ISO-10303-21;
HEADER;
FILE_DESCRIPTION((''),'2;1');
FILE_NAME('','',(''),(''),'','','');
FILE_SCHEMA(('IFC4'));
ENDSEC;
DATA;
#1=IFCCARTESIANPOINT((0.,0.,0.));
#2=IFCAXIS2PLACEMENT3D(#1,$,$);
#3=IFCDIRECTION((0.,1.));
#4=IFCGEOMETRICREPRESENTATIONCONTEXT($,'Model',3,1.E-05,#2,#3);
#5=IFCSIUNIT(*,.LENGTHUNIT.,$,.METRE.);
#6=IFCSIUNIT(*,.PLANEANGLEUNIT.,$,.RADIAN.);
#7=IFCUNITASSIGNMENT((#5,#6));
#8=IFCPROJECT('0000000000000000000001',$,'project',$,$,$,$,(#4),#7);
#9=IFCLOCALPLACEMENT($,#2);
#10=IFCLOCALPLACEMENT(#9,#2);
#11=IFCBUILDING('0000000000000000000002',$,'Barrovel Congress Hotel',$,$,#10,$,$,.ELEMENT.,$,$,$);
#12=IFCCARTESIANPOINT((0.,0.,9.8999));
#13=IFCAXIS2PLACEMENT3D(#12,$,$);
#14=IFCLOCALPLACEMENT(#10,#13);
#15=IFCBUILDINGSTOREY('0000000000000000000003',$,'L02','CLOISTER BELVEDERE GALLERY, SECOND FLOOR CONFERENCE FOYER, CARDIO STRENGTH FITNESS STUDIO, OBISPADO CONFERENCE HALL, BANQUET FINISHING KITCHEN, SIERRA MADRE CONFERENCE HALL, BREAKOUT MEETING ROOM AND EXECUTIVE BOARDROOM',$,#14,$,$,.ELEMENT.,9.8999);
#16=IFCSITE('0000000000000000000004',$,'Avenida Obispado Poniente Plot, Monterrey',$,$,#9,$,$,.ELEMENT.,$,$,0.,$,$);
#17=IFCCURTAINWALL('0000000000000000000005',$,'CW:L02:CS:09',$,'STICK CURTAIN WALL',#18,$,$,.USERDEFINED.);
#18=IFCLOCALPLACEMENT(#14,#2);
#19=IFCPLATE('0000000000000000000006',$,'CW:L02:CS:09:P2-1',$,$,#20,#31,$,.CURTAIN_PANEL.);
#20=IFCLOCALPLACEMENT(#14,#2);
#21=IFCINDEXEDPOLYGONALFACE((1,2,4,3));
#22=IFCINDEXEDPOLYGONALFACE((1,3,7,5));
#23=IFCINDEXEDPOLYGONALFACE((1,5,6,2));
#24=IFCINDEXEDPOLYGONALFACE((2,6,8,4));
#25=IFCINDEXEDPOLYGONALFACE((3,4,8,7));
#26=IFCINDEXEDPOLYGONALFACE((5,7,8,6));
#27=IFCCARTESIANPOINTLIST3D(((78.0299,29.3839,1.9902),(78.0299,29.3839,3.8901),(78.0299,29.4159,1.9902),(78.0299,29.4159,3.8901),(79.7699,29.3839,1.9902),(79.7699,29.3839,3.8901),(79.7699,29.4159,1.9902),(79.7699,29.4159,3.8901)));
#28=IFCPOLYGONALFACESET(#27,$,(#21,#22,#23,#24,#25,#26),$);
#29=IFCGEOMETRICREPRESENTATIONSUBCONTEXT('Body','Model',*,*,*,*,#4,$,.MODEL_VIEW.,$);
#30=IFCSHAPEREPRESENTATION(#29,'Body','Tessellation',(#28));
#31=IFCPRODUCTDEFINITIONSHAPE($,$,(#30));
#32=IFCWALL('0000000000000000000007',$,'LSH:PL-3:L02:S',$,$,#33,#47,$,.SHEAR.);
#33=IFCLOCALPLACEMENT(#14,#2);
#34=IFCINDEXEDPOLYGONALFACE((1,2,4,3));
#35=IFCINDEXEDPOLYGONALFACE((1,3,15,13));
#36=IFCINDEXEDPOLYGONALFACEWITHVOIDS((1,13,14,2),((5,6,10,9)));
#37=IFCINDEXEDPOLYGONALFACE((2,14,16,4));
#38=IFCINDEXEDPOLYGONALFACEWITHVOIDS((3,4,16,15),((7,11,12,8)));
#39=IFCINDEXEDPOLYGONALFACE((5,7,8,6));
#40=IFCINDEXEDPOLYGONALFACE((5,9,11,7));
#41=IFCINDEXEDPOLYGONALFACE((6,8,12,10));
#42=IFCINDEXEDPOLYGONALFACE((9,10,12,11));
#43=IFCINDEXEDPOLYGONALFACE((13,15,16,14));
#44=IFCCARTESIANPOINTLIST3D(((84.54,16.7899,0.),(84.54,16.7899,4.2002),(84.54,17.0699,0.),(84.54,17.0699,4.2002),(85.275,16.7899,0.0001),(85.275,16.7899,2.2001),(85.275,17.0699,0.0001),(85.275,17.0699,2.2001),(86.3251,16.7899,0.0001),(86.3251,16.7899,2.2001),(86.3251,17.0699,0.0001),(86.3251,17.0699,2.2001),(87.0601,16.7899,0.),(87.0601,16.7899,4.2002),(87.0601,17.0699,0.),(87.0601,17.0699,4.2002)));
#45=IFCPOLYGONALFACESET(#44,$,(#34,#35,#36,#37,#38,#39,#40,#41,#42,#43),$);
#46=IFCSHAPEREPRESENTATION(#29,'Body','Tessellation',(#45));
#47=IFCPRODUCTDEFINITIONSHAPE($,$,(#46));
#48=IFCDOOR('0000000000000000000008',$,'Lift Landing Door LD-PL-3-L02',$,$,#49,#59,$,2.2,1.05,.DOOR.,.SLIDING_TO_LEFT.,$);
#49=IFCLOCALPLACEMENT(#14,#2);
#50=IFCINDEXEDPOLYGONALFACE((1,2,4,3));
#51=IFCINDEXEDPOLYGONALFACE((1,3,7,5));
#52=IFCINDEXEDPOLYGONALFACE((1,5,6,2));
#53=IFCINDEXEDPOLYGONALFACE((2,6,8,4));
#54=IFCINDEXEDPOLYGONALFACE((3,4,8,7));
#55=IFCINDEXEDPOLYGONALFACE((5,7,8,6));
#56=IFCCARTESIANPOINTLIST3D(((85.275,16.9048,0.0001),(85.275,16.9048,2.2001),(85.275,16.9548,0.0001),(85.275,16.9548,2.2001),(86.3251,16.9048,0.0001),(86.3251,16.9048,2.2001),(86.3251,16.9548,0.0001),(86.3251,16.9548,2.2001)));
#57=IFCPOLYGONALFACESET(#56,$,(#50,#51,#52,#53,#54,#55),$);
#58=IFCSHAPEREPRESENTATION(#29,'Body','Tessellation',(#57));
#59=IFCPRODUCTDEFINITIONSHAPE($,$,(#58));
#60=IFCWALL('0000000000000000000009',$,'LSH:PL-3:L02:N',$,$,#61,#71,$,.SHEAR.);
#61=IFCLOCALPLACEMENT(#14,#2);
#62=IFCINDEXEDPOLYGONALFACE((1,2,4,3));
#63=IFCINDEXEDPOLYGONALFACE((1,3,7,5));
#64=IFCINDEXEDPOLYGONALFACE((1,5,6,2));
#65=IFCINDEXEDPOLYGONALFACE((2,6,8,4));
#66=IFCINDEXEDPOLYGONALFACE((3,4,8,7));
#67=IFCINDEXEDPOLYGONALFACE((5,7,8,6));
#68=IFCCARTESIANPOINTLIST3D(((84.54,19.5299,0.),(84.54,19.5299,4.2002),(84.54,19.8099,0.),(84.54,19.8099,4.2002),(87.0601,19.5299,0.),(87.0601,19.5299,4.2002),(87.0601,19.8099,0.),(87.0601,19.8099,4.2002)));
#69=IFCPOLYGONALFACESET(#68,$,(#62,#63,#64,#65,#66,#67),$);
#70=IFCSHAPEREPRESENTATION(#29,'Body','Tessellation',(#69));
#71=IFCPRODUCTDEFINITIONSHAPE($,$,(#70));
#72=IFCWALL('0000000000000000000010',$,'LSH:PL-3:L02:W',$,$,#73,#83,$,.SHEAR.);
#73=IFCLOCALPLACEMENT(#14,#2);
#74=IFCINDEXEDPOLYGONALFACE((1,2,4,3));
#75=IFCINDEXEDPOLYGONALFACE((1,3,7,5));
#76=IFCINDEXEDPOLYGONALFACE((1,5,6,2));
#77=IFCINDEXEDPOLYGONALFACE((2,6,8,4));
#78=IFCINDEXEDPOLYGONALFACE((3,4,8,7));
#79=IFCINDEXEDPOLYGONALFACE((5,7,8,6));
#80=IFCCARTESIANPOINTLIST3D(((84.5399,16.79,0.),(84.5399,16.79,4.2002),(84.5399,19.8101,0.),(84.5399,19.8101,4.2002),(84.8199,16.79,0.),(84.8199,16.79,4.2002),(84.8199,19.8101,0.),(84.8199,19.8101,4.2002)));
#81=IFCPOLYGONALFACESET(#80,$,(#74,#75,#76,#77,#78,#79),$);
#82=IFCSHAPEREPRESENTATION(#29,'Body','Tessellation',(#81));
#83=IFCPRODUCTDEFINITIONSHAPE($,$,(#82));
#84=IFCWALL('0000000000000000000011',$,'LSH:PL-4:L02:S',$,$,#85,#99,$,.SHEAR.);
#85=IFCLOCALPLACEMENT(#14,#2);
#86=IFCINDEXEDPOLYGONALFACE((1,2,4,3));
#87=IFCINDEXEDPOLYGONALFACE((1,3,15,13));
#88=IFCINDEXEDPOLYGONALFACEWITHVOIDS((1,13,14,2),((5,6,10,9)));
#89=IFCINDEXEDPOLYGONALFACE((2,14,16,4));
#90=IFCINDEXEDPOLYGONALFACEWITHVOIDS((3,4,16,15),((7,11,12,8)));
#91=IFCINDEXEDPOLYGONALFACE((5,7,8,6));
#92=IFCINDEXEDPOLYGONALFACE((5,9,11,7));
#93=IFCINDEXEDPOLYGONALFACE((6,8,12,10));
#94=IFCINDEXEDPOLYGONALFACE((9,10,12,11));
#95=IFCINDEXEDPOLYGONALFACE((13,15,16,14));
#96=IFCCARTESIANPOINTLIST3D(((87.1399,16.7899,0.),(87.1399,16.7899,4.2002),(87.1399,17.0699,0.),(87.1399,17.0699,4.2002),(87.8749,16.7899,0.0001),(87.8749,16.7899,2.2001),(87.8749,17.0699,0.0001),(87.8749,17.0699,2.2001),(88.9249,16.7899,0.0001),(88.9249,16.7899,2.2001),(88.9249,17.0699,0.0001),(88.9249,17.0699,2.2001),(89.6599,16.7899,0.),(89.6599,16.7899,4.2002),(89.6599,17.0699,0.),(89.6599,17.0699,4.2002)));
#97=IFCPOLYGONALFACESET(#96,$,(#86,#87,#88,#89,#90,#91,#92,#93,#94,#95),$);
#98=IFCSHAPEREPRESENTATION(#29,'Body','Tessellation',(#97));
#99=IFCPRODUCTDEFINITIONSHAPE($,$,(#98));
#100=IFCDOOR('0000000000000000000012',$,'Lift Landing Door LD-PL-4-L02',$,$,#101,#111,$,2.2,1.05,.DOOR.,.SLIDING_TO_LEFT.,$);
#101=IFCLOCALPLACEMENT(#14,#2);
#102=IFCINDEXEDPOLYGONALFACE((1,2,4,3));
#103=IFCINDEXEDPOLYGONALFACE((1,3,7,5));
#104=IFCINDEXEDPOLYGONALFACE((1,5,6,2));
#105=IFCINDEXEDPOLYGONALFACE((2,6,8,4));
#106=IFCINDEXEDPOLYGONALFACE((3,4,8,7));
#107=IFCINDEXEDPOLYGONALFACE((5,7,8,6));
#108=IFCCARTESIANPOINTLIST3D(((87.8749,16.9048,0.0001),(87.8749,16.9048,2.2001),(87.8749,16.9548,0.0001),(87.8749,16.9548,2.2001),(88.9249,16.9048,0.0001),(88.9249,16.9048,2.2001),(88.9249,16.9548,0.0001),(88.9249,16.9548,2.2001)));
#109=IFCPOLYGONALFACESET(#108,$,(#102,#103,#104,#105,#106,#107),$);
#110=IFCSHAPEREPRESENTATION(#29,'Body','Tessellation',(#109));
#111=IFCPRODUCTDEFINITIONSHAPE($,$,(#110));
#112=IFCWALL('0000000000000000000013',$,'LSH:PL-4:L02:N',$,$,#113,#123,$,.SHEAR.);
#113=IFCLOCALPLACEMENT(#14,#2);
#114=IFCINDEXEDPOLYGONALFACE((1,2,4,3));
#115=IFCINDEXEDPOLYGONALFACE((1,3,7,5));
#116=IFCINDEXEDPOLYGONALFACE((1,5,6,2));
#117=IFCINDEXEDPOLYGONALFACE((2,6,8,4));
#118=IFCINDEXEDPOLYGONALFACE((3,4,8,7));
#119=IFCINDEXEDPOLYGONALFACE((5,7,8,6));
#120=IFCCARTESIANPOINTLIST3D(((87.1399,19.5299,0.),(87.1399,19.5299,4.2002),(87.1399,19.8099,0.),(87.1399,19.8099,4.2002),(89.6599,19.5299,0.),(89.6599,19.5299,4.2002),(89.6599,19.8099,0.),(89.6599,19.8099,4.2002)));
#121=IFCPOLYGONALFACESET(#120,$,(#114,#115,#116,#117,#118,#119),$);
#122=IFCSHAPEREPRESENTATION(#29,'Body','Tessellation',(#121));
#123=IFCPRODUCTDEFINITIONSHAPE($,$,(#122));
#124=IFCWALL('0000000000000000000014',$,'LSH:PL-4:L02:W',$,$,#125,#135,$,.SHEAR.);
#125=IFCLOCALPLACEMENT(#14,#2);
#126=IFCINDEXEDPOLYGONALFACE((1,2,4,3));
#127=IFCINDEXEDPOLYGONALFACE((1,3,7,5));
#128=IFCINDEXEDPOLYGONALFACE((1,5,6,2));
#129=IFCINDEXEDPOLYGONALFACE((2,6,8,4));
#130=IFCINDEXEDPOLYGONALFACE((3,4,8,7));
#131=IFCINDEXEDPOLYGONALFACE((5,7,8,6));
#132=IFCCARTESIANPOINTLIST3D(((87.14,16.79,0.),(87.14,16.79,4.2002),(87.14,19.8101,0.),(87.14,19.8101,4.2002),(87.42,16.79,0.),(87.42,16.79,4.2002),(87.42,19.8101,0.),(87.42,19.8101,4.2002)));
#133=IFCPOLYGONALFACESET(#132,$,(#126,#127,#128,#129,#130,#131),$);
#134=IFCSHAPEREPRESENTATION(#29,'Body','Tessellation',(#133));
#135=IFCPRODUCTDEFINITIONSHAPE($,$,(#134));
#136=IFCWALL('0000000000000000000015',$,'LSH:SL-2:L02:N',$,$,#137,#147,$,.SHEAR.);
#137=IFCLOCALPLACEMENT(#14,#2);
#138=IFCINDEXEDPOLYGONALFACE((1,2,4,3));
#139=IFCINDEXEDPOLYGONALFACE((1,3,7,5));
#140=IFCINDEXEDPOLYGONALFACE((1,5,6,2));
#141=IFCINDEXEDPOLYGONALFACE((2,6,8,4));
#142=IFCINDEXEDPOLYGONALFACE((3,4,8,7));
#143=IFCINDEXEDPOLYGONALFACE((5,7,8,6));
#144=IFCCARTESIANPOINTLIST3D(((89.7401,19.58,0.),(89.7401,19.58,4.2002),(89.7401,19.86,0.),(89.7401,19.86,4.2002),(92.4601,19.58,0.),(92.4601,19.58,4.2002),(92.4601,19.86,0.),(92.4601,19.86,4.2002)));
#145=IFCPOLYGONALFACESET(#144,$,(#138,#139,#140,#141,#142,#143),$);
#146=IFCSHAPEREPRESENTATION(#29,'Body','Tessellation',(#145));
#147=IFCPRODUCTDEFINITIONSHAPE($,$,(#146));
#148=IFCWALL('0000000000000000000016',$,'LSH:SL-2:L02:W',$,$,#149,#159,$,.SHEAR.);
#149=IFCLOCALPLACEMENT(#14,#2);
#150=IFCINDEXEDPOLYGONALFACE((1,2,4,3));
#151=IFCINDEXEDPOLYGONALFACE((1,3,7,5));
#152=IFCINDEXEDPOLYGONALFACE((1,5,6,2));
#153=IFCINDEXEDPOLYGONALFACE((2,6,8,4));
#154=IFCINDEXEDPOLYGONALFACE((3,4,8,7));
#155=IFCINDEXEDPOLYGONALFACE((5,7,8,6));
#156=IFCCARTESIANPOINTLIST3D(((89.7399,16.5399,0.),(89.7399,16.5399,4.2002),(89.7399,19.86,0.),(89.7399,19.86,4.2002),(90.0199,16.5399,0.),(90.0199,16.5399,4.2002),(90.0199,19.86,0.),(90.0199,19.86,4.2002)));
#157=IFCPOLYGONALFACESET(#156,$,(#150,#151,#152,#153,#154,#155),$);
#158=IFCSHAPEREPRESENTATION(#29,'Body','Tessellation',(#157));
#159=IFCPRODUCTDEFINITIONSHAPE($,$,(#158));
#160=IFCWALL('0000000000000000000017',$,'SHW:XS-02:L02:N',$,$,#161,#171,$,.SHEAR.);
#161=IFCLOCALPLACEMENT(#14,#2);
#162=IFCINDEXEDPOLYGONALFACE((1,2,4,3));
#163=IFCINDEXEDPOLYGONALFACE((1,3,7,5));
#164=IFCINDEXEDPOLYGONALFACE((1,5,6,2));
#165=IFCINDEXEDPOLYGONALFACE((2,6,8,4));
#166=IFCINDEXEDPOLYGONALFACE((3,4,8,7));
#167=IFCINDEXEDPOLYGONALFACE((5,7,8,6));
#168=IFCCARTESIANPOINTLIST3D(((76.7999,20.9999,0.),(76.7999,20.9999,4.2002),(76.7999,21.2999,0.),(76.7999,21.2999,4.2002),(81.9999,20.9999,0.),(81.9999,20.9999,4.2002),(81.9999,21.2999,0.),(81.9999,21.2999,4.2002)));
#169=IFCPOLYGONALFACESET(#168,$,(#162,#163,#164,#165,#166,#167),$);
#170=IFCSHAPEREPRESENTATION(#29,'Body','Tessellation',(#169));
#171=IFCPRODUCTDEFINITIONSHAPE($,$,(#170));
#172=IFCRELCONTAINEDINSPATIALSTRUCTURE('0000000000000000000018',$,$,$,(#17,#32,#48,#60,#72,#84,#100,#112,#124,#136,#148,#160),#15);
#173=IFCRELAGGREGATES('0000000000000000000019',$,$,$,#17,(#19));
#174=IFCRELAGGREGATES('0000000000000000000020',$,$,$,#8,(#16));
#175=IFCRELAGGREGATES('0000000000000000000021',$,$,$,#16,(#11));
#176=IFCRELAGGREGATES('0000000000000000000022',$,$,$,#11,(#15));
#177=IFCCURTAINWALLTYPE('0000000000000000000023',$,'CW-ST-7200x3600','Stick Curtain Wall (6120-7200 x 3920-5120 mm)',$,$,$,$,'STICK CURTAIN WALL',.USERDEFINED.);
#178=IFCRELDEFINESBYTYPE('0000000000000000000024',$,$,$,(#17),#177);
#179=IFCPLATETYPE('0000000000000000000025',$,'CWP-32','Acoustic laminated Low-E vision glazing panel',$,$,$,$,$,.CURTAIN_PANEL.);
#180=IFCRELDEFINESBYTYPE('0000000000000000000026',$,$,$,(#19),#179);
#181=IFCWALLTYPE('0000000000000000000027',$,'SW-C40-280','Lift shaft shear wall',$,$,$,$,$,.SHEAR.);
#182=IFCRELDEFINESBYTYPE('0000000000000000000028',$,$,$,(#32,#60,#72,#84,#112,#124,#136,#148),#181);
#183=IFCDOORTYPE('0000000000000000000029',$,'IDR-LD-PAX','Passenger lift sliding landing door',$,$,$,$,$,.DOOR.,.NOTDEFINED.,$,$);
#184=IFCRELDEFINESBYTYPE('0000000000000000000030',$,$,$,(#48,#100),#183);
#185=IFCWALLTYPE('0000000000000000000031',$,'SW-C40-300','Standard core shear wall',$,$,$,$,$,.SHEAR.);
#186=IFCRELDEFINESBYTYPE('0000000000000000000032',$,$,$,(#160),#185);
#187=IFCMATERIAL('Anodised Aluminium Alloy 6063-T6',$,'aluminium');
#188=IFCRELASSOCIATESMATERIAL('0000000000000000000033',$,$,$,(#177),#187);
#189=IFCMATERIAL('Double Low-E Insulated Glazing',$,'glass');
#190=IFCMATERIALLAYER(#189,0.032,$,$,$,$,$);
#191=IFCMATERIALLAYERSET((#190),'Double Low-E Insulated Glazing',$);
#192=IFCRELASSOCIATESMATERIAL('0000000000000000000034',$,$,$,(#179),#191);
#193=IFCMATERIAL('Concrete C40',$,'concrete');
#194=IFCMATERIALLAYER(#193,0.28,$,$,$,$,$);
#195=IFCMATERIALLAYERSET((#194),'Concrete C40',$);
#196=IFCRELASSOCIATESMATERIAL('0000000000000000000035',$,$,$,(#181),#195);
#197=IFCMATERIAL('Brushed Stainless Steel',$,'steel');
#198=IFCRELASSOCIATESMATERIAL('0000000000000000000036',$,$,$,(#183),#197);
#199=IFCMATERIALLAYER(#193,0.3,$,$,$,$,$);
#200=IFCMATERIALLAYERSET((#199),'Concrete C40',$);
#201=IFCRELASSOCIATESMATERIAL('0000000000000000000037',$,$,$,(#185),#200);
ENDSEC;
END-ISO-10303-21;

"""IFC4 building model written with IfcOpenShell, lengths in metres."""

from ifc_helpers import new_model, si_unit, direction, frame, frame_2d, origin, origin_2d, place, context, subcontext, project, spatial, rectangle, extrude, material, layer, layer_set, type_object, element, fill, aggregate, save


model = new_model("IFC4")

# Units and contexts
model_context = context("Model", 3, precision=1e-05, world=origin(), true_north=direction((0.0, 1.0)))
body_context = subcontext(model_context, "Body", "Model", "MODEL_VIEW")
ifc_project = project(units=[si_unit("LENGTHUNIT", "METRE"), si_unit("PLANEANGLEUNIT", "RADIAN")], contexts=[model_context])

# Site, building, storey
site_placement = place(None, origin())
site = spatial("IfcSite", under=ifc_project, at=site_placement, Name="Avenida Obispado Poniente Plot, Monterrey", CompositionType="ELEMENT", RefElevation=0.0)
building_placement = place(site_placement, origin())
building = spatial("IfcBuilding", under=site, at=building_placement, Name="Barrovel Congress Hotel", CompositionType="ELEMENT")
storey_placement = place(building_placement, frame((0.0, 0.0, 9.8999)))
storey = spatial("IfcBuildingStorey", under=building, at=storey_placement, Name="L02", Description="CLOISTER BELVEDERE GALLERY, SECOND FLOOR CONFERENCE FOYER, CARDIO STRENGTH FITNESS STUDIO, OBISPADO CONFERENCE HALL, BANQUET FINISHING KITCHEN, SIERRA MADRE CONFERENCE HALL, BREAKOUT MEETING ROOM AND EXECUTIVE BOARDROOM", CompositionType="ELEMENT", Elevation=9.8999)

# Shared definitions
ifc_material_1 = material(Name="Concrete C40", Category="concrete")

# Curtain wall
ifc_material_2 = material(Name="Anodised Aluminium Alloy 6063-T6", Category="aluminium")
curtain_wall_type = type_object("IfcCurtainWallType", Name="CW-ST-7200x3600", Description="Stick Curtain Wall (6120-7200 x 3920-5120 mm)", ElementType="STICK CURTAIN WALL", PredefinedType="USERDEFINED", material=ifc_material_2)
curtain_wall_placement = place(storey_placement, origin())
curtain_wall = element("IfcCurtainWall", 1, at=curtain_wall_placement, inside=storey, type_object=curtain_wall_type, Name="CW:L02:CS:09", ObjectType="STICK CURTAIN WALL", PredefinedType="USERDEFINED")

# Plate
ifc_material_3 = material(Name="Double Low-E Insulated Glazing", Category="glass")
ifc_layer_1 = layer(ifc_material_3, 0.032)
ifc_layer_set_1 = layer_set([ifc_layer_1], Name="Double Low-E Insulated Glazing")
plate_type = type_object("IfcPlateType", Name="CWP-32", Description="Acoustic laminated Low-E vision glazing panel", PredefinedType="CURTAIN_PANEL", material=ifc_layer_set_1)
plate_1_placement = place(storey_placement, frame((78.8999, 29.3999, 1.9902), z_axis=(0.0, 0.0, 1.0), x_axis=(-1.0, 0.0, 0.0)))
plate_1 = element("IfcPlate", 2, at=plate_1_placement, type_object=plate_type, Name="CW:L02:CS:09:P2-1", PredefinedType="CURTAIN_PANEL", context=body_context, shape_type="SweptSolid", body=[
    extrude(rectangle(XDim=1.74, YDim=0.032, at=origin_2d()), origin(), (0.0, 0.0, 1.0), 1.8999),
])
aggregate(curtain_wall, [plate_1])

# Wall, opening, door
ifc_layer_2 = layer(ifc_material_1, 0.28)
ifc_layer_set_2 = layer_set([ifc_layer_2], Name="Concrete C40")
wall_type_1 = type_object("IfcWallType", Name="SW-C40-280", Description="Lift shaft shear wall", PredefinedType="SHEAR", material=ifc_layer_set_2)
wall_1_placement = place(storey_placement, frame((84.54, 16.9299, 0.0), z_axis=(0.0, 0.0, 1.0), x_axis=(1.0, 0.0, 0.0)))
wall_1 = element("IfcWall", 3, at=wall_1_placement, inside=storey, type_object=wall_type_1, Name="LSH:PL-3:L02:S", PredefinedType="SHEAR", context=body_context, shape_type="SweptSolid", body=[
    extrude(rectangle(XDim=2.52, YDim=0.28, at=frame_2d((1.26, 0.0))), origin(), (0.0, 0.0, 1.0), 4.2002),
])
opening_1_placement = place(wall_1_placement, frame((0.7351, 0.0, 0.0)))
opening_1 = element("IfcOpeningElement", 4, at=opening_1_placement, cuts=wall_1, PredefinedType="OPENING", context=body_context, shape_type="SweptSolid", body=[
    extrude(rectangle(XDim=1.05, YDim=2.2, at=frame_2d((0.5249, 1.1001))), frame((0.0, 0.1499, 0.0), z_axis=(0.0, -1.0, 0.0), x_axis=(1.0, 0.0, 0.0)), (0.0, 0.0, 1.0), 0.3),
])
ifc_material_4 = material(Name="Brushed Stainless Steel", Category="steel")
door_type = type_object("IfcDoorType", Name="IDR-LD-PAX", Description="Passenger lift sliding landing door", OperationType="NOTDEFINED", PredefinedType="DOOR", material=ifc_material_4)
door_1_placement = place(opening_1_placement, origin())
door_1 = element("IfcDoor", 5, at=door_1_placement, inside=storey, type_object=door_type, Name="Lift Landing Door LD-PL-3-L02", OperationType="SLIDING_TO_LEFT", OverallHeight=2.2, OverallWidth=1.05, PredefinedType="DOOR", context=body_context, shape_type="SweptSolid", body=[
    extrude(rectangle(XDim=1.05, YDim=2.2, at=frame_2d((0.5249, 1.1001))), frame((0.0, 0.0249, 0.0), z_axis=(0.0, -1.0, 0.0), x_axis=(1.0, 0.0, 0.0)), (0.0, 0.0, 1.0), 0.05),
])
fill(opening_1, door_1)

# Walls
wall_2_placement = place(storey_placement, frame((87.0601, 19.6699, 0.0), z_axis=(0.0, 0.0, 1.0), x_axis=(-1.0, 0.0, 0.0)))
element("IfcWall", 6, at=wall_2_placement, inside=storey, type_object=wall_type_1, Name="LSH:PL-3:L02:N", PredefinedType="SHEAR", context=body_context, shape_type="SweptSolid", body=[
    extrude(rectangle(XDim=2.52, YDim=0.28, at=frame_2d((1.26, 0.0))), origin(), (0.0, 0.0, 1.0), 4.2002),
])
wall_3_placement = place(storey_placement, frame((84.6799, 19.8101, 0.0), z_axis=(0.0, 0.0, 1.0), x_axis=(0.0, -1.0, 0.0)))
element("IfcWall", 7, at=wall_3_placement, inside=storey, type_object=wall_type_1, Name="LSH:PL-3:L02:W", PredefinedType="SHEAR", context=body_context, shape_type="SweptSolid", body=[
    extrude(rectangle(XDim=3.02, YDim=0.28, at=frame_2d((1.51, 0.0))), origin(), (0.0, 0.0, 1.0), 4.2002),
])

# Wall, opening, door
wall_4_placement = place(storey_placement, frame((87.1399, 16.9299, 0.0), z_axis=(0.0, 0.0, 1.0), x_axis=(1.0, 0.0, 0.0)))
wall_4 = element("IfcWall", 8, at=wall_4_placement, inside=storey, type_object=wall_type_1, Name="LSH:PL-4:L02:S", PredefinedType="SHEAR", context=body_context, shape_type="SweptSolid", body=[
    extrude(rectangle(XDim=2.52, YDim=0.28, at=frame_2d((1.26, 0.0))), origin(), (0.0, 0.0, 1.0), 4.2002),
])
opening_2_placement = place(wall_4_placement, frame((0.7351, 0.0, 0.0)))
opening_2 = element("IfcOpeningElement", 9, at=opening_2_placement, cuts=wall_4, PredefinedType="OPENING", context=body_context, shape_type="SweptSolid", body=[
    extrude(rectangle(XDim=1.05, YDim=2.2, at=frame_2d((0.5249, 1.1001))), frame((0.0, 0.1499, 0.0), z_axis=(0.0, -1.0, 0.0), x_axis=(1.0, 0.0, 0.0)), (0.0, 0.0, 1.0), 0.3),
])
door_2_placement = place(opening_2_placement, origin())
door_2 = element("IfcDoor", 10, at=door_2_placement, inside=storey, type_object=door_type, Name="Lift Landing Door LD-PL-4-L02", OperationType="SLIDING_TO_LEFT", OverallHeight=2.2, OverallWidth=1.05, PredefinedType="DOOR", context=body_context, shape_type="SweptSolid", body=[
    extrude(rectangle(XDim=1.05, YDim=2.2, at=frame_2d((0.5249, 1.1001))), frame((0.0, 0.0249, 0.0), z_axis=(0.0, -1.0, 0.0), x_axis=(1.0, 0.0, 0.0)), (0.0, 0.0, 1.0), 0.05),
])
fill(opening_2, door_2)

# Walls
wall_5_placement = place(storey_placement, frame((89.6599, 19.6699, 0.0), z_axis=(0.0, 0.0, 1.0), x_axis=(-1.0, 0.0, 0.0)))
element("IfcWall", 11, at=wall_5_placement, inside=storey, type_object=wall_type_1, Name="LSH:PL-4:L02:N", PredefinedType="SHEAR", context=body_context, shape_type="SweptSolid", body=[
    extrude(rectangle(XDim=2.52, YDim=0.28, at=frame_2d((1.26, 0.0))), origin(), (0.0, 0.0, 1.0), 4.2002),
])
wall_6_placement = place(storey_placement, frame((87.28, 19.8101, 0.0), z_axis=(0.0, 0.0, 1.0), x_axis=(0.0, -1.0, 0.0)))
element("IfcWall", 12, at=wall_6_placement, inside=storey, type_object=wall_type_1, Name="LSH:PL-4:L02:W", PredefinedType="SHEAR", context=body_context, shape_type="SweptSolid", body=[
    extrude(rectangle(XDim=3.02, YDim=0.28, at=frame_2d((1.51, 0.0))), origin(), (0.0, 0.0, 1.0), 4.2002),
])
wall_7_placement = place(storey_placement, frame((92.46, 19.72, 0.0), z_axis=(0.0, 0.0, 1.0), x_axis=(-1.0, 0.0, 0.0)))
element("IfcWall", 13, at=wall_7_placement, inside=storey, type_object=wall_type_1, Name="LSH:SL-2:L02:N", PredefinedType="SHEAR", context=body_context, shape_type="SweptSolid", body=[
    extrude(rectangle(XDim=2.72, YDim=0.28, at=frame_2d((1.3599, 0.0))), origin(), (0.0, 0.0, 1.0), 4.2002),
])
wall_8_placement = place(storey_placement, frame((89.8799, 19.8601, 0.0), z_axis=(0.0, 0.0, 1.0), x_axis=(0.0, -1.0, 0.0)))
element("IfcWall", 14, at=wall_8_placement, inside=storey, type_object=wall_type_1, Name="LSH:SL-2:L02:W", PredefinedType="SHEAR", context=body_context, shape_type="SweptSolid", body=[
    extrude(rectangle(XDim=3.3201, YDim=0.28, at=frame_2d((1.6602, 0.0))), origin(), (0.0, 0.0, 1.0), 4.2002),
])
ifc_layer_3 = layer(ifc_material_1, 0.3)
ifc_layer_set_3 = layer_set([ifc_layer_3], Name="Concrete C40")
wall_type_2 = type_object("IfcWallType", Name="SW-C40-300", Description="Standard core shear wall", PredefinedType="SHEAR", material=ifc_layer_set_3)
wall_9_placement = place(storey_placement, frame((82.0, 21.1499, 0.0), z_axis=(0.0, 0.0, 1.0), x_axis=(-1.0, 0.0, 0.0)))
element("IfcWall", 15, at=wall_9_placement, inside=storey, type_object=wall_type_2, Name="SHW:XS-02:L02:N", PredefinedType="SHEAR", context=body_context, shape_type="SweptSolid", body=[
    extrude(rectangle(XDim=5.2, YDim=0.3, at=frame_2d((2.6001, 0.0))), origin(), (0.0, 0.0, 1.0), 4.2002),
])

save(model, "model.ifc")
